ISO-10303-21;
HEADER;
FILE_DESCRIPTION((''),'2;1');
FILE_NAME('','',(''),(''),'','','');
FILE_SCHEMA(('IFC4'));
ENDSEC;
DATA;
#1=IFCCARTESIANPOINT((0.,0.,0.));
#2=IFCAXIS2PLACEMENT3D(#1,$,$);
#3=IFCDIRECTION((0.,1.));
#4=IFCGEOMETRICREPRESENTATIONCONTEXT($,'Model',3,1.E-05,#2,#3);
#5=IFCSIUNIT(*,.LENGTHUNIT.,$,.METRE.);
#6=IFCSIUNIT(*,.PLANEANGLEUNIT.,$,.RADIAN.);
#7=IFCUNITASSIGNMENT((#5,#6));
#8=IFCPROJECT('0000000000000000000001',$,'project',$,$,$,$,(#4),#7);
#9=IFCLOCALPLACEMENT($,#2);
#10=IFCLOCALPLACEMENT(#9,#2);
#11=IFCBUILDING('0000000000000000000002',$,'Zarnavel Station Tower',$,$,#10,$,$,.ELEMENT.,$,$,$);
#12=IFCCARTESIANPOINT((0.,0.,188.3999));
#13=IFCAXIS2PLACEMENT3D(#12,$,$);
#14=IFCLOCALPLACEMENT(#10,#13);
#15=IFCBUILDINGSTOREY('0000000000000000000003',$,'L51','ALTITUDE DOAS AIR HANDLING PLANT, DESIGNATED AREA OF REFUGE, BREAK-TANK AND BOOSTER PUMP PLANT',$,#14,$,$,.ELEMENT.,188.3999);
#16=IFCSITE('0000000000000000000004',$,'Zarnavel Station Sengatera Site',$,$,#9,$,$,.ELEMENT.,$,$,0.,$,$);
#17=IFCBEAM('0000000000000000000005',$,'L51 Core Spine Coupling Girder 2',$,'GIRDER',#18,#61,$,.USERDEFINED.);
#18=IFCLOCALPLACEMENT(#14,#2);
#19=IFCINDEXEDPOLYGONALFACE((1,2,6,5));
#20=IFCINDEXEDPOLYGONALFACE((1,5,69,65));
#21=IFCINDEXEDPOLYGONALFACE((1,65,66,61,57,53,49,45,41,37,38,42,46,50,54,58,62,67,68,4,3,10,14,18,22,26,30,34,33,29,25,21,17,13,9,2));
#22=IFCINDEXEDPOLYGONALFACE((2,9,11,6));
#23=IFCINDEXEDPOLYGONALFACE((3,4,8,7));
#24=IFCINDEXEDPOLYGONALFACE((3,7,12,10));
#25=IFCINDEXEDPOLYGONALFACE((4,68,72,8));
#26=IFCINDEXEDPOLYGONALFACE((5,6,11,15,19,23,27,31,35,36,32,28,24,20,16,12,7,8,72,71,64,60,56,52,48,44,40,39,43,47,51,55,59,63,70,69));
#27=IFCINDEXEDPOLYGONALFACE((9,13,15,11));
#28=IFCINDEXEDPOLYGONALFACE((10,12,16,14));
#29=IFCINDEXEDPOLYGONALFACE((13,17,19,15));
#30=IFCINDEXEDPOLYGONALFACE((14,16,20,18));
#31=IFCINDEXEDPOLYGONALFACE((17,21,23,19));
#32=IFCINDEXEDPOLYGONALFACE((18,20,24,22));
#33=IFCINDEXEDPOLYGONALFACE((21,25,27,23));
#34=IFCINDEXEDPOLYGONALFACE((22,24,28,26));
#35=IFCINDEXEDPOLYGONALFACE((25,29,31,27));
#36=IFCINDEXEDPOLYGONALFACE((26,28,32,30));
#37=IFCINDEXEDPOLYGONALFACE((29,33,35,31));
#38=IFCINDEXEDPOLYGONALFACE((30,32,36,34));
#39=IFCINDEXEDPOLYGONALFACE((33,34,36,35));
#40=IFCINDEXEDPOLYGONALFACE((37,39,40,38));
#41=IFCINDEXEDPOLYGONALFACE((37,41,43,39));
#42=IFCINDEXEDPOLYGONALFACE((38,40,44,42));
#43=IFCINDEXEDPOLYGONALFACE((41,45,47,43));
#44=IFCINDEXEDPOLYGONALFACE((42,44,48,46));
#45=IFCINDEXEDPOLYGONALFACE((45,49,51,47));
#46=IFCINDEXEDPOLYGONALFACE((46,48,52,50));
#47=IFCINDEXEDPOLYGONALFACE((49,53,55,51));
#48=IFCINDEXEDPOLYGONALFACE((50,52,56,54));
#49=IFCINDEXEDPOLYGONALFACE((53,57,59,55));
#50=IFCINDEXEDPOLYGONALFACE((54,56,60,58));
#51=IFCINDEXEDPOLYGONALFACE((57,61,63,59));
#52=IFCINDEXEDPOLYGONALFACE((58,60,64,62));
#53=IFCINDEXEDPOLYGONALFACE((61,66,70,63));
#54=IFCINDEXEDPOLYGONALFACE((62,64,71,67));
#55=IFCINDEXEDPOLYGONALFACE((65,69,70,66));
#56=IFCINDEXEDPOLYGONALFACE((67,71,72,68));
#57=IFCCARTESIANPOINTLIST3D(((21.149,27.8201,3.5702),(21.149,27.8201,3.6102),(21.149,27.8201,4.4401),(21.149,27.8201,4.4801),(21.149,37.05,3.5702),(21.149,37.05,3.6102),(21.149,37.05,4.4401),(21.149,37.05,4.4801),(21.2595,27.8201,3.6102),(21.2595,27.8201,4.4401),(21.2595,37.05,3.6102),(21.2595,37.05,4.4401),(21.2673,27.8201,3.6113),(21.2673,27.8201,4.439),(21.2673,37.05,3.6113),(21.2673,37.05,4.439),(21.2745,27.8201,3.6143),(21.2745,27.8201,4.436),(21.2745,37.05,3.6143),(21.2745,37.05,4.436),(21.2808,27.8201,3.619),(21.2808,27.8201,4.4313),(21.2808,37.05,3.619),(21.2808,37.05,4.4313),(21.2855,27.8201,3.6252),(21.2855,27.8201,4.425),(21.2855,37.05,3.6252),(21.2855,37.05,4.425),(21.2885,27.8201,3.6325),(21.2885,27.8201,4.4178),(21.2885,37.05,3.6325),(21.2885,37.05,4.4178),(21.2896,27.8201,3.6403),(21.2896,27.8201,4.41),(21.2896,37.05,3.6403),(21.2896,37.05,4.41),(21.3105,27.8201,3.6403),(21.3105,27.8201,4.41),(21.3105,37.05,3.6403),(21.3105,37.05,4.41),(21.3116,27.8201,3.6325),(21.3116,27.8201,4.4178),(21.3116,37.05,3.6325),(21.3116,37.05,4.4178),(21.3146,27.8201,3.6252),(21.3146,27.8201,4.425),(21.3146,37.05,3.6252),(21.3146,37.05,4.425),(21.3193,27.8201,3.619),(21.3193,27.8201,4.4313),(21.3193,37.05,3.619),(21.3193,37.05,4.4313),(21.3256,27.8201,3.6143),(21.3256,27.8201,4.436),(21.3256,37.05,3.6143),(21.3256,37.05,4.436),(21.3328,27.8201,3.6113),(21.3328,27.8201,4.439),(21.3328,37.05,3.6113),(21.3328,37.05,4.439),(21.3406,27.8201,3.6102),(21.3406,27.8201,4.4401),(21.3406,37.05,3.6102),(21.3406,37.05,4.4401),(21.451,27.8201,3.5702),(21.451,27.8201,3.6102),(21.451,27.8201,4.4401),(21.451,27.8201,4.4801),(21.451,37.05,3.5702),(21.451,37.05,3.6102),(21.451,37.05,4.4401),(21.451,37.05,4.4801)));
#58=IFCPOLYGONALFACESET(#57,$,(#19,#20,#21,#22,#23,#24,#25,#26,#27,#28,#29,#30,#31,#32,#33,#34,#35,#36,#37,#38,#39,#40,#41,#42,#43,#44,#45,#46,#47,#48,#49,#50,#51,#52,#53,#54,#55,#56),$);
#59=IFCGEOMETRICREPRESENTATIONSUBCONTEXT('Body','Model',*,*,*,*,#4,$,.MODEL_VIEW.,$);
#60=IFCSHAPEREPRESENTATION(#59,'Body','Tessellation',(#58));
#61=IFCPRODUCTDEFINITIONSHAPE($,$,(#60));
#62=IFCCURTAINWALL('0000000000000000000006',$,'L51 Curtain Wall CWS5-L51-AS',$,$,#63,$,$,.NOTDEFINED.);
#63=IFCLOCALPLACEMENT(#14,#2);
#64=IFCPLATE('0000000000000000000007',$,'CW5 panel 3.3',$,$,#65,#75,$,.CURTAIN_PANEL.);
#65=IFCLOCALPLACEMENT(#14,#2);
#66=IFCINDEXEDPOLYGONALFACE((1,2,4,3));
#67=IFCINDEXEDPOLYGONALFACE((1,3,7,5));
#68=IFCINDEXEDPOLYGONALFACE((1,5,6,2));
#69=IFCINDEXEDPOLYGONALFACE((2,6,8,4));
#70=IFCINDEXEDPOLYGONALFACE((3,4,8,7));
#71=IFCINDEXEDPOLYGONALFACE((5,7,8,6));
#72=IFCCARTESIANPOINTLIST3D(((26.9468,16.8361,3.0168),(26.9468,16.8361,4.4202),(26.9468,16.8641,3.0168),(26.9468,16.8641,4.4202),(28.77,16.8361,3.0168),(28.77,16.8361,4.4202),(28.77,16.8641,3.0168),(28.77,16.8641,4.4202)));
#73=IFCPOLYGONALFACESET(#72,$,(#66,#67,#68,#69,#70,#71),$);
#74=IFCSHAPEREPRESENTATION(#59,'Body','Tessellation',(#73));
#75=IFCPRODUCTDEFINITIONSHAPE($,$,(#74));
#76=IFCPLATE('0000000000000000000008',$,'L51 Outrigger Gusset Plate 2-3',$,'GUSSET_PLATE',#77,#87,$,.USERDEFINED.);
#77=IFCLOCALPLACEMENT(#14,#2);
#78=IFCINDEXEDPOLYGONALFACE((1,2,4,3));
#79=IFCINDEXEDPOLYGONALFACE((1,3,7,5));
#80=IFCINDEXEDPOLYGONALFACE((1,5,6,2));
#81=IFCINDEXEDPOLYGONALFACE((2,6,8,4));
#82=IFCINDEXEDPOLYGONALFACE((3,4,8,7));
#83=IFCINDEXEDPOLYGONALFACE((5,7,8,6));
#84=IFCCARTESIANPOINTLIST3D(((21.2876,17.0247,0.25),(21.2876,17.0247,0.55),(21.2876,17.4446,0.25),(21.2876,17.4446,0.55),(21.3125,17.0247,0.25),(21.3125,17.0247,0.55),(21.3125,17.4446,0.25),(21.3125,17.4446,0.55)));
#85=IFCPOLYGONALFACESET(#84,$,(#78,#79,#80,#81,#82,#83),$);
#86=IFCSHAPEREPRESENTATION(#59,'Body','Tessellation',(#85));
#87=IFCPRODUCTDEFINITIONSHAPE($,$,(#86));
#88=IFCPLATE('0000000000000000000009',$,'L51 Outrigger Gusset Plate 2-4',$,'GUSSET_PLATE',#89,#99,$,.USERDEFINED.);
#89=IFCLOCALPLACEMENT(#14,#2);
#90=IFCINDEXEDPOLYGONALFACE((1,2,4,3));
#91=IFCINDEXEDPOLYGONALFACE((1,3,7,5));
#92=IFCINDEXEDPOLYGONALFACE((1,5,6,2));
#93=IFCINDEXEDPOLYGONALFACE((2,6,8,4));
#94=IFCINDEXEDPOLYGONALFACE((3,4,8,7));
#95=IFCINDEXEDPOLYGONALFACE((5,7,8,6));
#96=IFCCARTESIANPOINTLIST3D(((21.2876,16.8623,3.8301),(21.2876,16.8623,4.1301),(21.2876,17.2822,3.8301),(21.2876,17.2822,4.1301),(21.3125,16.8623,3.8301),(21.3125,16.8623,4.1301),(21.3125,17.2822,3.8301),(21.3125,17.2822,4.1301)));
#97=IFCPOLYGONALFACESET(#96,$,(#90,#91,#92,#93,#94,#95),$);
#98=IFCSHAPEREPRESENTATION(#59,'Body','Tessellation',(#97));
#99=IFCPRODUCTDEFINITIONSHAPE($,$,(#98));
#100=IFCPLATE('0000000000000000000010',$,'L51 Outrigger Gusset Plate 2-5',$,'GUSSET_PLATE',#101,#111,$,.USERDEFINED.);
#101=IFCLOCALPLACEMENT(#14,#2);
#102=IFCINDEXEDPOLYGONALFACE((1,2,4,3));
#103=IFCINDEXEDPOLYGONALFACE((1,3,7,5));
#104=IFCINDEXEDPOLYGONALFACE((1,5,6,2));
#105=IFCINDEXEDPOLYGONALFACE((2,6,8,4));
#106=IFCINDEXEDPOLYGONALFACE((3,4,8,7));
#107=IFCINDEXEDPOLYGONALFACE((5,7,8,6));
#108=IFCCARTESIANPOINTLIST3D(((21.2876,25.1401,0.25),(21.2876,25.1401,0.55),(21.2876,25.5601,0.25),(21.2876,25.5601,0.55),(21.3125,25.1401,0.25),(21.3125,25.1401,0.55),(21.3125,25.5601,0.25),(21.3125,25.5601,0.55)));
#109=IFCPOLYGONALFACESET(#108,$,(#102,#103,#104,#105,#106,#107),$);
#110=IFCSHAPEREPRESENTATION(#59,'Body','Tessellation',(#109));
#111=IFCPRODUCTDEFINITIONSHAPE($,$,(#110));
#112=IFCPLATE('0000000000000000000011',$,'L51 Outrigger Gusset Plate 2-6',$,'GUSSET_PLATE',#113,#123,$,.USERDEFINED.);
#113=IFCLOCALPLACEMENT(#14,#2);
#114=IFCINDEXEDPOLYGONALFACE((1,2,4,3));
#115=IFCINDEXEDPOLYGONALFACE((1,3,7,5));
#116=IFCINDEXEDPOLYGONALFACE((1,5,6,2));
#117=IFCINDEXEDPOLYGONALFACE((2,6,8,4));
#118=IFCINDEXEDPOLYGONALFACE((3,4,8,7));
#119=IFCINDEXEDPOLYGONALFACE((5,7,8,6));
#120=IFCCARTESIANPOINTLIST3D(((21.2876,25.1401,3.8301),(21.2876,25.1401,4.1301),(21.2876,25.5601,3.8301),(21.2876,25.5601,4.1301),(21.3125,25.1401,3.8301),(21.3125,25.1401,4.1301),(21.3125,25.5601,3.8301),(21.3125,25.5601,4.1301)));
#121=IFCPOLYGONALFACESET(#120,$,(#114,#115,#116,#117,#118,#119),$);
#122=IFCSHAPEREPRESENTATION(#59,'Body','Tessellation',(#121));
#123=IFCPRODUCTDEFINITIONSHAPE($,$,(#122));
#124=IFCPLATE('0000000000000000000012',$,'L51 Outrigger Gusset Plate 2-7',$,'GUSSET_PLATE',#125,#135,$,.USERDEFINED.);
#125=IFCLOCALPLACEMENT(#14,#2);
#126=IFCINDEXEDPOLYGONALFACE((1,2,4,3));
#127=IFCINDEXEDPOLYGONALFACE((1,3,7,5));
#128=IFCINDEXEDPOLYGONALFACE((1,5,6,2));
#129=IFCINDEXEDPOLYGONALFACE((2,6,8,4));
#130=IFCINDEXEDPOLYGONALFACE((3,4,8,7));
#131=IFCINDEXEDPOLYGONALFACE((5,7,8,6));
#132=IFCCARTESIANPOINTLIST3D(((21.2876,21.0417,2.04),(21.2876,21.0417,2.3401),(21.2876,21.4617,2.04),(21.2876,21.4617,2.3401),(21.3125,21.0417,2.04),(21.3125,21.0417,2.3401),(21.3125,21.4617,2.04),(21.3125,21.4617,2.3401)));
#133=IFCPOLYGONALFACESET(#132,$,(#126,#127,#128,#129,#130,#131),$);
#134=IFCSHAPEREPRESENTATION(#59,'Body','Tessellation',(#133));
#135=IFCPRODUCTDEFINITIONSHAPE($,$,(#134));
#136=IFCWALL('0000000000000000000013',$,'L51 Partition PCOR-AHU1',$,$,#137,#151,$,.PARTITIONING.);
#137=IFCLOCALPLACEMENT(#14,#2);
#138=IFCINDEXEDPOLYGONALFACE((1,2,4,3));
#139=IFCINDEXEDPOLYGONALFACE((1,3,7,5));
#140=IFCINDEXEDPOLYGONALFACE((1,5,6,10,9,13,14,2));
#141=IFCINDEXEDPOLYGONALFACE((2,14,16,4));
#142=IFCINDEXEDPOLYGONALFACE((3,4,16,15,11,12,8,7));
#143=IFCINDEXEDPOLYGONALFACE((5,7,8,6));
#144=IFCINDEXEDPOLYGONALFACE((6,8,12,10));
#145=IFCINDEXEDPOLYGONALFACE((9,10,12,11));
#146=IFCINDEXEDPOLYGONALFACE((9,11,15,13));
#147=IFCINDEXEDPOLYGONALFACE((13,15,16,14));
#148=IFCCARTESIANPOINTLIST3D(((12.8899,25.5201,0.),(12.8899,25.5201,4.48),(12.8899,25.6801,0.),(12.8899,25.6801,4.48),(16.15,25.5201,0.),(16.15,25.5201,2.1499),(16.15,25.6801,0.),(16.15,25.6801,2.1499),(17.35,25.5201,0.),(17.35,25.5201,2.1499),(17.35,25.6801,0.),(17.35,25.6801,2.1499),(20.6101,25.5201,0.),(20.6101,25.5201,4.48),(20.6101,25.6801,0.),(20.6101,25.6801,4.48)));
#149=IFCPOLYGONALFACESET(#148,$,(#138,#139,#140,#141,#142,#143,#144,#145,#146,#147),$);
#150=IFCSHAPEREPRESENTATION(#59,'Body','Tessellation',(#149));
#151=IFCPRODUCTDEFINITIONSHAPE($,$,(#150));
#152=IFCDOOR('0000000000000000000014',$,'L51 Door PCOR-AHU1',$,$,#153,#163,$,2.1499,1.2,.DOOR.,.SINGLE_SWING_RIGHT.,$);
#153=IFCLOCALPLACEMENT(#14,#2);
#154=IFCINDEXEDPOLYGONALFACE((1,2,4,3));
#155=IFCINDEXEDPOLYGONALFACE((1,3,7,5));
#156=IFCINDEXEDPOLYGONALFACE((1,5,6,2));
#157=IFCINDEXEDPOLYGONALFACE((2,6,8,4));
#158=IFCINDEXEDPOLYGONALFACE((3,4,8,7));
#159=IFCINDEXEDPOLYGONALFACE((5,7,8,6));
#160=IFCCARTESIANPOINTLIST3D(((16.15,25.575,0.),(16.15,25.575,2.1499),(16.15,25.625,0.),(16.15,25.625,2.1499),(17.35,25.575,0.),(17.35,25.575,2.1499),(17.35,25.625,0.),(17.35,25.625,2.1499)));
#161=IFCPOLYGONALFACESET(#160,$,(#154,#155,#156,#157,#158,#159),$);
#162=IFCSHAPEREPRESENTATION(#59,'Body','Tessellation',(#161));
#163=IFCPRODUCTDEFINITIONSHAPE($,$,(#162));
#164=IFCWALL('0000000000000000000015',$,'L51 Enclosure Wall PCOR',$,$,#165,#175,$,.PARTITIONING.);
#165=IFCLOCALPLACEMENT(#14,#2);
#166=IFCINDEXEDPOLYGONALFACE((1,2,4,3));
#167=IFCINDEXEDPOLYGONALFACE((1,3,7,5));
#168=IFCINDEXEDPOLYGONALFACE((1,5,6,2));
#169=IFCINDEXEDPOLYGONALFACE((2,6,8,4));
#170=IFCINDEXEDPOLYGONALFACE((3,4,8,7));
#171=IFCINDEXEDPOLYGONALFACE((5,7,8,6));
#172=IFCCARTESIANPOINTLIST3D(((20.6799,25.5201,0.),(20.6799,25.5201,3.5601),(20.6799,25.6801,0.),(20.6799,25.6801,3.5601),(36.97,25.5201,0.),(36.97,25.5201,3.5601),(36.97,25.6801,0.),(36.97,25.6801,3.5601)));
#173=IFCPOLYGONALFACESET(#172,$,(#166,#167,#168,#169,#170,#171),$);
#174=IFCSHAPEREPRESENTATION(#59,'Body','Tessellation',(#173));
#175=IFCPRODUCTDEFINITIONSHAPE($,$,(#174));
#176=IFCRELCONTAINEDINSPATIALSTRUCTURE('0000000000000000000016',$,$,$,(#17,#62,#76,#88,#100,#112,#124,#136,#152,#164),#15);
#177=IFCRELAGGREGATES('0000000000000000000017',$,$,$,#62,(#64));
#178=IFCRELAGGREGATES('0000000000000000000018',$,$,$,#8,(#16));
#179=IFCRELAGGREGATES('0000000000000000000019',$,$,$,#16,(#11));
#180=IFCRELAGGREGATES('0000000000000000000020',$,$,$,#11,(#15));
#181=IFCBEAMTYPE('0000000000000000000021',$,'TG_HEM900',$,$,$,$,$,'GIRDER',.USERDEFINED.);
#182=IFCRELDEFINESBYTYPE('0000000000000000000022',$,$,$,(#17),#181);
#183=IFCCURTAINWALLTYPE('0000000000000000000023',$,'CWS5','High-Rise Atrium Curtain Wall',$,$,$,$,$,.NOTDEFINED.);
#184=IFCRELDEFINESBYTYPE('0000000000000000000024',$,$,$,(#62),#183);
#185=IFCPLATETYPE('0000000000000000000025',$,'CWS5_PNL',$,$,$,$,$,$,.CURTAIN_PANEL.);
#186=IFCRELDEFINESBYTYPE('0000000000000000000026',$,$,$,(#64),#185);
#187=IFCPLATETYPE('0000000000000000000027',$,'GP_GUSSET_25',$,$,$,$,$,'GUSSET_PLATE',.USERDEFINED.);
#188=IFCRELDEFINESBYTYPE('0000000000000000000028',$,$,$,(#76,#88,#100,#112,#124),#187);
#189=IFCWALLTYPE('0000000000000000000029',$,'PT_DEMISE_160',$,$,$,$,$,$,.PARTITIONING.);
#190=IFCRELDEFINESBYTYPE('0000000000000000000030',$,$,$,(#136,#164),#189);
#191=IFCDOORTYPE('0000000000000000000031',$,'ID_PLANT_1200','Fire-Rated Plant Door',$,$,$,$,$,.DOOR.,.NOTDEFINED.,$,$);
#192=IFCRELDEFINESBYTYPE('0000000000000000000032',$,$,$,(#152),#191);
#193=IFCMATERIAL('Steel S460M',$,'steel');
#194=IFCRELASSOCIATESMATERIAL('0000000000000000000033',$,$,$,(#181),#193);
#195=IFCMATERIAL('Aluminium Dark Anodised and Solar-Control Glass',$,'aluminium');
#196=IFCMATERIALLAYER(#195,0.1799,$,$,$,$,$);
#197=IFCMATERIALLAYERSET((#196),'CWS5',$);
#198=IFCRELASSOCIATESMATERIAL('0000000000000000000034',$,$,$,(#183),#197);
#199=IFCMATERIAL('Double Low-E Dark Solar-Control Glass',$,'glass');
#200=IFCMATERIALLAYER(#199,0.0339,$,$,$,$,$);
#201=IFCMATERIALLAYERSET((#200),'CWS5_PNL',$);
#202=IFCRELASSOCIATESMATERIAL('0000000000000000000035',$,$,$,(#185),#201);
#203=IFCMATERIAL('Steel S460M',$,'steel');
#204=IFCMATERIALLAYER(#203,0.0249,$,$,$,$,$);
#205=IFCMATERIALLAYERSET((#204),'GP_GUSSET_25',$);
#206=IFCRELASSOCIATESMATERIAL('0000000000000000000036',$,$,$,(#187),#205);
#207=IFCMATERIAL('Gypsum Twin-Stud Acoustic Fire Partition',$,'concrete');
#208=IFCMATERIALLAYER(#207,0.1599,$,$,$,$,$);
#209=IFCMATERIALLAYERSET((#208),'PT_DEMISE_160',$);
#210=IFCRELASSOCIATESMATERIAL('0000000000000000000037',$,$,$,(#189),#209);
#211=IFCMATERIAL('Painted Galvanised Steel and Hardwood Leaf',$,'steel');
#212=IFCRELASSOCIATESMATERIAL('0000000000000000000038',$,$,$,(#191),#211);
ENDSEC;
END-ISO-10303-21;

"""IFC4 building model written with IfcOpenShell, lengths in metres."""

from ifc_helpers import new_model, si_unit, direction, frame, frame_2d, origin, origin_2d, place, context, subcontext, project, spatial, rectangle, i_section, extrude, material, layer, layer_set, material_profile, profile_set, type_object, element, fill, aggregate, save


model = new_model("IFC4")

# Units and contexts
model_context = context("Model", 3, precision=1e-05, world=origin(), true_north=direction((0.0, 1.0)))
body_context = subcontext(model_context, "Body", "Model", "MODEL_VIEW")
ifc_project = project(units=[si_unit("LENGTHUNIT", "METRE"), si_unit("PLANEANGLEUNIT", "RADIAN")], contexts=[model_context])

# Site, building, storey
site_placement = place(None, origin())
site = spatial("IfcSite", under=ifc_project, at=site_placement, Name="Zarnavel Station Sengatera Site", CompositionType="ELEMENT", RefElevation=0.0)
building_placement = place(site_placement, origin())
building = spatial("IfcBuilding", under=site, at=building_placement, Name="Zarnavel Station Tower", CompositionType="ELEMENT")
storey_placement = place(building_placement, frame((0.0, 0.0, 188.3999)))
storey = spatial("IfcBuildingStorey", under=building, at=storey_placement, Name="L51", Description="ALTITUDE DOAS AIR HANDLING PLANT, DESIGNATED AREA OF REFUGE, BREAK-TANK AND BOOSTER PUMP PLANT", CompositionType="ELEMENT", Elevation=188.3999)

# Beam
ifc_material_1 = material(Name="Steel S460M", Category="steel")
ifc_material_profile_1 = material_profile(ifc_material_1, i_section(OverallWidth=0.302, OverallDepth=0.9099, WebThickness=0.021, FlangeThickness=0.04, FilletRadius=0.03, at=origin_2d()), Name="HEM900")
ifc_profile_set_1 = profile_set([ifc_material_profile_1], Name="Steel S460M")
beam_type_1 = type_object("IfcBeamType", Name="TG_HEM900", ElementType="GIRDER", PredefinedType="USERDEFINED", material=ifc_profile_set_1)
beam_1_placement = place(storey_placement, frame((21.3, 27.8201, 4.0251), z_axis=(0.0, 1.0, 0.0), x_axis=(-1.0, 0.0, 0.0)))
element("IfcBeam", 1, at=beam_1_placement, inside=storey, type_object=beam_type_1, Name="L51 Core Spine Coupling Girder 2", ObjectType="GIRDER", PredefinedType="USERDEFINED", context=body_context, shape_type="SweptSolid", body=[
    extrude(i_section(OverallWidth=0.302, OverallDepth=0.9099, WebThickness=0.021, FlangeThickness=0.04, FilletRadius=0.03, at=origin_2d()), origin(), (0.0, 0.0, 1.0), 9.23),
])

# Curtain wall, plate
ifc_material_2 = material(Name="Aluminium Dark Anodised and Solar-Control Glass", Category="aluminium")
ifc_layer_1 = layer(ifc_material_2, 0.1799)
ifc_layer_set_1 = layer_set([ifc_layer_1], Name="CWS5")
curtain_wall_type = type_object("IfcCurtainWallType", Name="CWS5", Description="High-Rise Atrium Curtain Wall", PredefinedType="NOTDEFINED", material=ifc_layer_set_1)
curtain_wall_placement = place(storey_placement, origin())
curtain_wall = element("IfcCurtainWall", 2, at=curtain_wall_placement, inside=storey, type_object=curtain_wall_type, Name="L51 Curtain Wall CWS5-L51-AS", PredefinedType="NOTDEFINED")
ifc_material_3 = material(Name="Double Low-E Dark Solar-Control Glass", Category="glass")
ifc_layer_2 = layer(ifc_material_3, 0.0339)
ifc_layer_set_2 = layer_set([ifc_layer_2], Name="CWS5_PNL")
plate_type_1 = type_object("IfcPlateType", Name="CWS5_PNL", PredefinedType="CURTAIN_PANEL", material=ifc_layer_set_2)
plate_placement = place(storey_placement, frame((27.8584, 16.8501, 3.0168), z_axis=(0.0, 0.0, 1.0), x_axis=(1.0, 0.0, 0.0)))
plate = element("IfcPlate", 3, at=plate_placement, type_object=plate_type_1, Name="CW5 panel 3.3", PredefinedType="CURTAIN_PANEL", context=body_context, shape_type="SweptSolid", body=[
    extrude(rectangle(XDim=1.8232, YDim=0.0281, at=origin_2d()), origin(), (0.0, 0.0, 1.0), 1.4033),
])
aggregate(curtain_wall, [plate])

# Plates
ifc_material_4 = material(Name="Steel S460M", Category="steel")
ifc_layer_3 = layer(ifc_material_4, 0.0249)
ifc_layer_set_3 = layer_set([ifc_layer_3], Name="GP_GUSSET_25")
plate_type_2 = type_object("IfcPlateType", Name="GP_GUSSET_25", ElementType="GUSSET_PLATE", PredefinedType="USERDEFINED", material=ifc_layer_set_3)
for number, where, z_axis, x_axis, name in (
    (4, (21.3, 17.2346, 0.25), (0.0, 0.0, 1.0), (1.0, 0.0, 0.0), "L51 Outrigger Gusset Plate 2-3"),
    (5, (21.3, 17.0723, 3.8301), (0.0, 0.0, 1.0), (1.0, 0.0, 0.0), "L51 Outrigger Gusset Plate 2-4"),
    (6, (21.3, 25.3501, 0.25), (0.0, 0.0, 1.0), (1.0, 0.0, 0.0), "L51 Outrigger Gusset Plate 2-5"),
    (7, (21.3, 25.3501, 3.8301), (0.0, 0.0, 1.0), (1.0, 0.0, 0.0), "L51 Outrigger Gusset Plate 2-6"),
    (8, (21.3, 21.2517, 2.04), (0.0, 0.0, 1.0), (1.0, 0.0, 0.0), "L51 Outrigger Gusset Plate 2-7"),
):
    element("IfcPlate", number, at=place(storey_placement, frame(where, z_axis=z_axis, x_axis=x_axis)), inside=storey, type_object=plate_type_2, Name=name, ObjectType="GUSSET_PLATE", PredefinedType="USERDEFINED", context=body_context, shape_type="SweptSolid", body=[
        extrude(rectangle(XDim=0.0249, YDim=0.4199, at=origin_2d()), origin(), (0.0, 0.0, 1.0), 0.3),
    ])

# Wall, opening, door
ifc_material_5 = material(Name="Gypsum Twin-Stud Acoustic Fire Partition", Category="concrete")
ifc_layer_4 = layer(ifc_material_5, 0.1599)
ifc_layer_set_4 = layer_set([ifc_layer_4], Name="PT_DEMISE_160")
wall_type_1 = type_object("IfcWallType", Name="PT_DEMISE_160", PredefinedType="PARTITIONING", material=ifc_layer_set_4)
wall_1_placement = place(storey_placement, frame((12.8899, 25.6001, 0.0), z_axis=(0.0, 0.0, 1.0), x_axis=(1.0, 0.0, 0.0)))
wall_1 = element("IfcWall", 9, at=wall_1_placement, inside=storey, type_object=wall_type_1, Name="L51 Partition PCOR-AHU1", PredefinedType="PARTITIONING", context=body_context, shape_type="SweptSolid", body=[
    extrude(rectangle(XDim=7.7202, YDim=0.1599, at=frame_2d((3.8601, 0.0))), origin(), (0.0, 0.0, 1.0), 4.48),
])
opening_1_placement = place(wall_1_placement, frame((3.26, 0.0, 0.0)))
opening_1 = element("IfcOpeningElement", 10, at=opening_1_placement, cuts=wall_1, PredefinedType="OPENING", context=body_context, shape_type="SweptSolid", body=[
    extrude(rectangle(XDim=1.2, YDim=2.1499, at=frame_2d((0.6001, 1.075))), frame((0.0, 0.0898, 0.0), z_axis=(0.0, -1.0, 0.0), x_axis=(1.0, 0.0, 0.0)), (0.0, 0.0, 1.0), 0.1799),
])
ifc_material_6 = material(Name="Painted Galvanised Steel and Hardwood Leaf", Category="steel")
door_type_1 = type_object("IfcDoorType", Name="ID_PLANT_1200", Description="Fire-Rated Plant Door", OperationType="NOTDEFINED", PredefinedType="DOOR", material=ifc_material_6)
door_1_placement = place(opening_1_placement, origin())
door_1 = element("IfcDoor", 11, at=door_1_placement, inside=storey, type_object=door_type_1, Name="L51 Door PCOR-AHU1", OperationType="SINGLE_SWING_RIGHT", OverallHeight=2.1499, OverallWidth=1.2, PredefinedType="DOOR", context=body_context, shape_type="SweptSolid", body=[
    extrude(rectangle(XDim=1.2, YDim=2.1499, at=frame_2d((0.6001, 1.075))), frame((0.0, 0.0249, 0.0), z_axis=(0.0, -1.0, 0.0), x_axis=(1.0, 0.0, 0.0)), (0.0, 0.0, 1.0), 0.05),
])
fill(opening_1, door_1)

# Wall
wall_2_placement = place(storey_placement, frame((20.6799, 25.6001, 0.0), z_axis=(0.0, 0.0, 1.0), x_axis=(1.0, 0.0, 0.0)))
element("IfcWall", 12, at=wall_2_placement, inside=storey, type_object=wall_type_1, Name="L51 Enclosure Wall PCOR", PredefinedType="PARTITIONING", context=body_context, shape_type="SweptSolid", body=[
    extrude(rectangle(XDim=16.29, YDim=0.1599, at=frame_2d((8.145, 0.0))), origin(), (0.0, 0.0, 1.0), 3.5601),
])

save(model, "model.ifc")
